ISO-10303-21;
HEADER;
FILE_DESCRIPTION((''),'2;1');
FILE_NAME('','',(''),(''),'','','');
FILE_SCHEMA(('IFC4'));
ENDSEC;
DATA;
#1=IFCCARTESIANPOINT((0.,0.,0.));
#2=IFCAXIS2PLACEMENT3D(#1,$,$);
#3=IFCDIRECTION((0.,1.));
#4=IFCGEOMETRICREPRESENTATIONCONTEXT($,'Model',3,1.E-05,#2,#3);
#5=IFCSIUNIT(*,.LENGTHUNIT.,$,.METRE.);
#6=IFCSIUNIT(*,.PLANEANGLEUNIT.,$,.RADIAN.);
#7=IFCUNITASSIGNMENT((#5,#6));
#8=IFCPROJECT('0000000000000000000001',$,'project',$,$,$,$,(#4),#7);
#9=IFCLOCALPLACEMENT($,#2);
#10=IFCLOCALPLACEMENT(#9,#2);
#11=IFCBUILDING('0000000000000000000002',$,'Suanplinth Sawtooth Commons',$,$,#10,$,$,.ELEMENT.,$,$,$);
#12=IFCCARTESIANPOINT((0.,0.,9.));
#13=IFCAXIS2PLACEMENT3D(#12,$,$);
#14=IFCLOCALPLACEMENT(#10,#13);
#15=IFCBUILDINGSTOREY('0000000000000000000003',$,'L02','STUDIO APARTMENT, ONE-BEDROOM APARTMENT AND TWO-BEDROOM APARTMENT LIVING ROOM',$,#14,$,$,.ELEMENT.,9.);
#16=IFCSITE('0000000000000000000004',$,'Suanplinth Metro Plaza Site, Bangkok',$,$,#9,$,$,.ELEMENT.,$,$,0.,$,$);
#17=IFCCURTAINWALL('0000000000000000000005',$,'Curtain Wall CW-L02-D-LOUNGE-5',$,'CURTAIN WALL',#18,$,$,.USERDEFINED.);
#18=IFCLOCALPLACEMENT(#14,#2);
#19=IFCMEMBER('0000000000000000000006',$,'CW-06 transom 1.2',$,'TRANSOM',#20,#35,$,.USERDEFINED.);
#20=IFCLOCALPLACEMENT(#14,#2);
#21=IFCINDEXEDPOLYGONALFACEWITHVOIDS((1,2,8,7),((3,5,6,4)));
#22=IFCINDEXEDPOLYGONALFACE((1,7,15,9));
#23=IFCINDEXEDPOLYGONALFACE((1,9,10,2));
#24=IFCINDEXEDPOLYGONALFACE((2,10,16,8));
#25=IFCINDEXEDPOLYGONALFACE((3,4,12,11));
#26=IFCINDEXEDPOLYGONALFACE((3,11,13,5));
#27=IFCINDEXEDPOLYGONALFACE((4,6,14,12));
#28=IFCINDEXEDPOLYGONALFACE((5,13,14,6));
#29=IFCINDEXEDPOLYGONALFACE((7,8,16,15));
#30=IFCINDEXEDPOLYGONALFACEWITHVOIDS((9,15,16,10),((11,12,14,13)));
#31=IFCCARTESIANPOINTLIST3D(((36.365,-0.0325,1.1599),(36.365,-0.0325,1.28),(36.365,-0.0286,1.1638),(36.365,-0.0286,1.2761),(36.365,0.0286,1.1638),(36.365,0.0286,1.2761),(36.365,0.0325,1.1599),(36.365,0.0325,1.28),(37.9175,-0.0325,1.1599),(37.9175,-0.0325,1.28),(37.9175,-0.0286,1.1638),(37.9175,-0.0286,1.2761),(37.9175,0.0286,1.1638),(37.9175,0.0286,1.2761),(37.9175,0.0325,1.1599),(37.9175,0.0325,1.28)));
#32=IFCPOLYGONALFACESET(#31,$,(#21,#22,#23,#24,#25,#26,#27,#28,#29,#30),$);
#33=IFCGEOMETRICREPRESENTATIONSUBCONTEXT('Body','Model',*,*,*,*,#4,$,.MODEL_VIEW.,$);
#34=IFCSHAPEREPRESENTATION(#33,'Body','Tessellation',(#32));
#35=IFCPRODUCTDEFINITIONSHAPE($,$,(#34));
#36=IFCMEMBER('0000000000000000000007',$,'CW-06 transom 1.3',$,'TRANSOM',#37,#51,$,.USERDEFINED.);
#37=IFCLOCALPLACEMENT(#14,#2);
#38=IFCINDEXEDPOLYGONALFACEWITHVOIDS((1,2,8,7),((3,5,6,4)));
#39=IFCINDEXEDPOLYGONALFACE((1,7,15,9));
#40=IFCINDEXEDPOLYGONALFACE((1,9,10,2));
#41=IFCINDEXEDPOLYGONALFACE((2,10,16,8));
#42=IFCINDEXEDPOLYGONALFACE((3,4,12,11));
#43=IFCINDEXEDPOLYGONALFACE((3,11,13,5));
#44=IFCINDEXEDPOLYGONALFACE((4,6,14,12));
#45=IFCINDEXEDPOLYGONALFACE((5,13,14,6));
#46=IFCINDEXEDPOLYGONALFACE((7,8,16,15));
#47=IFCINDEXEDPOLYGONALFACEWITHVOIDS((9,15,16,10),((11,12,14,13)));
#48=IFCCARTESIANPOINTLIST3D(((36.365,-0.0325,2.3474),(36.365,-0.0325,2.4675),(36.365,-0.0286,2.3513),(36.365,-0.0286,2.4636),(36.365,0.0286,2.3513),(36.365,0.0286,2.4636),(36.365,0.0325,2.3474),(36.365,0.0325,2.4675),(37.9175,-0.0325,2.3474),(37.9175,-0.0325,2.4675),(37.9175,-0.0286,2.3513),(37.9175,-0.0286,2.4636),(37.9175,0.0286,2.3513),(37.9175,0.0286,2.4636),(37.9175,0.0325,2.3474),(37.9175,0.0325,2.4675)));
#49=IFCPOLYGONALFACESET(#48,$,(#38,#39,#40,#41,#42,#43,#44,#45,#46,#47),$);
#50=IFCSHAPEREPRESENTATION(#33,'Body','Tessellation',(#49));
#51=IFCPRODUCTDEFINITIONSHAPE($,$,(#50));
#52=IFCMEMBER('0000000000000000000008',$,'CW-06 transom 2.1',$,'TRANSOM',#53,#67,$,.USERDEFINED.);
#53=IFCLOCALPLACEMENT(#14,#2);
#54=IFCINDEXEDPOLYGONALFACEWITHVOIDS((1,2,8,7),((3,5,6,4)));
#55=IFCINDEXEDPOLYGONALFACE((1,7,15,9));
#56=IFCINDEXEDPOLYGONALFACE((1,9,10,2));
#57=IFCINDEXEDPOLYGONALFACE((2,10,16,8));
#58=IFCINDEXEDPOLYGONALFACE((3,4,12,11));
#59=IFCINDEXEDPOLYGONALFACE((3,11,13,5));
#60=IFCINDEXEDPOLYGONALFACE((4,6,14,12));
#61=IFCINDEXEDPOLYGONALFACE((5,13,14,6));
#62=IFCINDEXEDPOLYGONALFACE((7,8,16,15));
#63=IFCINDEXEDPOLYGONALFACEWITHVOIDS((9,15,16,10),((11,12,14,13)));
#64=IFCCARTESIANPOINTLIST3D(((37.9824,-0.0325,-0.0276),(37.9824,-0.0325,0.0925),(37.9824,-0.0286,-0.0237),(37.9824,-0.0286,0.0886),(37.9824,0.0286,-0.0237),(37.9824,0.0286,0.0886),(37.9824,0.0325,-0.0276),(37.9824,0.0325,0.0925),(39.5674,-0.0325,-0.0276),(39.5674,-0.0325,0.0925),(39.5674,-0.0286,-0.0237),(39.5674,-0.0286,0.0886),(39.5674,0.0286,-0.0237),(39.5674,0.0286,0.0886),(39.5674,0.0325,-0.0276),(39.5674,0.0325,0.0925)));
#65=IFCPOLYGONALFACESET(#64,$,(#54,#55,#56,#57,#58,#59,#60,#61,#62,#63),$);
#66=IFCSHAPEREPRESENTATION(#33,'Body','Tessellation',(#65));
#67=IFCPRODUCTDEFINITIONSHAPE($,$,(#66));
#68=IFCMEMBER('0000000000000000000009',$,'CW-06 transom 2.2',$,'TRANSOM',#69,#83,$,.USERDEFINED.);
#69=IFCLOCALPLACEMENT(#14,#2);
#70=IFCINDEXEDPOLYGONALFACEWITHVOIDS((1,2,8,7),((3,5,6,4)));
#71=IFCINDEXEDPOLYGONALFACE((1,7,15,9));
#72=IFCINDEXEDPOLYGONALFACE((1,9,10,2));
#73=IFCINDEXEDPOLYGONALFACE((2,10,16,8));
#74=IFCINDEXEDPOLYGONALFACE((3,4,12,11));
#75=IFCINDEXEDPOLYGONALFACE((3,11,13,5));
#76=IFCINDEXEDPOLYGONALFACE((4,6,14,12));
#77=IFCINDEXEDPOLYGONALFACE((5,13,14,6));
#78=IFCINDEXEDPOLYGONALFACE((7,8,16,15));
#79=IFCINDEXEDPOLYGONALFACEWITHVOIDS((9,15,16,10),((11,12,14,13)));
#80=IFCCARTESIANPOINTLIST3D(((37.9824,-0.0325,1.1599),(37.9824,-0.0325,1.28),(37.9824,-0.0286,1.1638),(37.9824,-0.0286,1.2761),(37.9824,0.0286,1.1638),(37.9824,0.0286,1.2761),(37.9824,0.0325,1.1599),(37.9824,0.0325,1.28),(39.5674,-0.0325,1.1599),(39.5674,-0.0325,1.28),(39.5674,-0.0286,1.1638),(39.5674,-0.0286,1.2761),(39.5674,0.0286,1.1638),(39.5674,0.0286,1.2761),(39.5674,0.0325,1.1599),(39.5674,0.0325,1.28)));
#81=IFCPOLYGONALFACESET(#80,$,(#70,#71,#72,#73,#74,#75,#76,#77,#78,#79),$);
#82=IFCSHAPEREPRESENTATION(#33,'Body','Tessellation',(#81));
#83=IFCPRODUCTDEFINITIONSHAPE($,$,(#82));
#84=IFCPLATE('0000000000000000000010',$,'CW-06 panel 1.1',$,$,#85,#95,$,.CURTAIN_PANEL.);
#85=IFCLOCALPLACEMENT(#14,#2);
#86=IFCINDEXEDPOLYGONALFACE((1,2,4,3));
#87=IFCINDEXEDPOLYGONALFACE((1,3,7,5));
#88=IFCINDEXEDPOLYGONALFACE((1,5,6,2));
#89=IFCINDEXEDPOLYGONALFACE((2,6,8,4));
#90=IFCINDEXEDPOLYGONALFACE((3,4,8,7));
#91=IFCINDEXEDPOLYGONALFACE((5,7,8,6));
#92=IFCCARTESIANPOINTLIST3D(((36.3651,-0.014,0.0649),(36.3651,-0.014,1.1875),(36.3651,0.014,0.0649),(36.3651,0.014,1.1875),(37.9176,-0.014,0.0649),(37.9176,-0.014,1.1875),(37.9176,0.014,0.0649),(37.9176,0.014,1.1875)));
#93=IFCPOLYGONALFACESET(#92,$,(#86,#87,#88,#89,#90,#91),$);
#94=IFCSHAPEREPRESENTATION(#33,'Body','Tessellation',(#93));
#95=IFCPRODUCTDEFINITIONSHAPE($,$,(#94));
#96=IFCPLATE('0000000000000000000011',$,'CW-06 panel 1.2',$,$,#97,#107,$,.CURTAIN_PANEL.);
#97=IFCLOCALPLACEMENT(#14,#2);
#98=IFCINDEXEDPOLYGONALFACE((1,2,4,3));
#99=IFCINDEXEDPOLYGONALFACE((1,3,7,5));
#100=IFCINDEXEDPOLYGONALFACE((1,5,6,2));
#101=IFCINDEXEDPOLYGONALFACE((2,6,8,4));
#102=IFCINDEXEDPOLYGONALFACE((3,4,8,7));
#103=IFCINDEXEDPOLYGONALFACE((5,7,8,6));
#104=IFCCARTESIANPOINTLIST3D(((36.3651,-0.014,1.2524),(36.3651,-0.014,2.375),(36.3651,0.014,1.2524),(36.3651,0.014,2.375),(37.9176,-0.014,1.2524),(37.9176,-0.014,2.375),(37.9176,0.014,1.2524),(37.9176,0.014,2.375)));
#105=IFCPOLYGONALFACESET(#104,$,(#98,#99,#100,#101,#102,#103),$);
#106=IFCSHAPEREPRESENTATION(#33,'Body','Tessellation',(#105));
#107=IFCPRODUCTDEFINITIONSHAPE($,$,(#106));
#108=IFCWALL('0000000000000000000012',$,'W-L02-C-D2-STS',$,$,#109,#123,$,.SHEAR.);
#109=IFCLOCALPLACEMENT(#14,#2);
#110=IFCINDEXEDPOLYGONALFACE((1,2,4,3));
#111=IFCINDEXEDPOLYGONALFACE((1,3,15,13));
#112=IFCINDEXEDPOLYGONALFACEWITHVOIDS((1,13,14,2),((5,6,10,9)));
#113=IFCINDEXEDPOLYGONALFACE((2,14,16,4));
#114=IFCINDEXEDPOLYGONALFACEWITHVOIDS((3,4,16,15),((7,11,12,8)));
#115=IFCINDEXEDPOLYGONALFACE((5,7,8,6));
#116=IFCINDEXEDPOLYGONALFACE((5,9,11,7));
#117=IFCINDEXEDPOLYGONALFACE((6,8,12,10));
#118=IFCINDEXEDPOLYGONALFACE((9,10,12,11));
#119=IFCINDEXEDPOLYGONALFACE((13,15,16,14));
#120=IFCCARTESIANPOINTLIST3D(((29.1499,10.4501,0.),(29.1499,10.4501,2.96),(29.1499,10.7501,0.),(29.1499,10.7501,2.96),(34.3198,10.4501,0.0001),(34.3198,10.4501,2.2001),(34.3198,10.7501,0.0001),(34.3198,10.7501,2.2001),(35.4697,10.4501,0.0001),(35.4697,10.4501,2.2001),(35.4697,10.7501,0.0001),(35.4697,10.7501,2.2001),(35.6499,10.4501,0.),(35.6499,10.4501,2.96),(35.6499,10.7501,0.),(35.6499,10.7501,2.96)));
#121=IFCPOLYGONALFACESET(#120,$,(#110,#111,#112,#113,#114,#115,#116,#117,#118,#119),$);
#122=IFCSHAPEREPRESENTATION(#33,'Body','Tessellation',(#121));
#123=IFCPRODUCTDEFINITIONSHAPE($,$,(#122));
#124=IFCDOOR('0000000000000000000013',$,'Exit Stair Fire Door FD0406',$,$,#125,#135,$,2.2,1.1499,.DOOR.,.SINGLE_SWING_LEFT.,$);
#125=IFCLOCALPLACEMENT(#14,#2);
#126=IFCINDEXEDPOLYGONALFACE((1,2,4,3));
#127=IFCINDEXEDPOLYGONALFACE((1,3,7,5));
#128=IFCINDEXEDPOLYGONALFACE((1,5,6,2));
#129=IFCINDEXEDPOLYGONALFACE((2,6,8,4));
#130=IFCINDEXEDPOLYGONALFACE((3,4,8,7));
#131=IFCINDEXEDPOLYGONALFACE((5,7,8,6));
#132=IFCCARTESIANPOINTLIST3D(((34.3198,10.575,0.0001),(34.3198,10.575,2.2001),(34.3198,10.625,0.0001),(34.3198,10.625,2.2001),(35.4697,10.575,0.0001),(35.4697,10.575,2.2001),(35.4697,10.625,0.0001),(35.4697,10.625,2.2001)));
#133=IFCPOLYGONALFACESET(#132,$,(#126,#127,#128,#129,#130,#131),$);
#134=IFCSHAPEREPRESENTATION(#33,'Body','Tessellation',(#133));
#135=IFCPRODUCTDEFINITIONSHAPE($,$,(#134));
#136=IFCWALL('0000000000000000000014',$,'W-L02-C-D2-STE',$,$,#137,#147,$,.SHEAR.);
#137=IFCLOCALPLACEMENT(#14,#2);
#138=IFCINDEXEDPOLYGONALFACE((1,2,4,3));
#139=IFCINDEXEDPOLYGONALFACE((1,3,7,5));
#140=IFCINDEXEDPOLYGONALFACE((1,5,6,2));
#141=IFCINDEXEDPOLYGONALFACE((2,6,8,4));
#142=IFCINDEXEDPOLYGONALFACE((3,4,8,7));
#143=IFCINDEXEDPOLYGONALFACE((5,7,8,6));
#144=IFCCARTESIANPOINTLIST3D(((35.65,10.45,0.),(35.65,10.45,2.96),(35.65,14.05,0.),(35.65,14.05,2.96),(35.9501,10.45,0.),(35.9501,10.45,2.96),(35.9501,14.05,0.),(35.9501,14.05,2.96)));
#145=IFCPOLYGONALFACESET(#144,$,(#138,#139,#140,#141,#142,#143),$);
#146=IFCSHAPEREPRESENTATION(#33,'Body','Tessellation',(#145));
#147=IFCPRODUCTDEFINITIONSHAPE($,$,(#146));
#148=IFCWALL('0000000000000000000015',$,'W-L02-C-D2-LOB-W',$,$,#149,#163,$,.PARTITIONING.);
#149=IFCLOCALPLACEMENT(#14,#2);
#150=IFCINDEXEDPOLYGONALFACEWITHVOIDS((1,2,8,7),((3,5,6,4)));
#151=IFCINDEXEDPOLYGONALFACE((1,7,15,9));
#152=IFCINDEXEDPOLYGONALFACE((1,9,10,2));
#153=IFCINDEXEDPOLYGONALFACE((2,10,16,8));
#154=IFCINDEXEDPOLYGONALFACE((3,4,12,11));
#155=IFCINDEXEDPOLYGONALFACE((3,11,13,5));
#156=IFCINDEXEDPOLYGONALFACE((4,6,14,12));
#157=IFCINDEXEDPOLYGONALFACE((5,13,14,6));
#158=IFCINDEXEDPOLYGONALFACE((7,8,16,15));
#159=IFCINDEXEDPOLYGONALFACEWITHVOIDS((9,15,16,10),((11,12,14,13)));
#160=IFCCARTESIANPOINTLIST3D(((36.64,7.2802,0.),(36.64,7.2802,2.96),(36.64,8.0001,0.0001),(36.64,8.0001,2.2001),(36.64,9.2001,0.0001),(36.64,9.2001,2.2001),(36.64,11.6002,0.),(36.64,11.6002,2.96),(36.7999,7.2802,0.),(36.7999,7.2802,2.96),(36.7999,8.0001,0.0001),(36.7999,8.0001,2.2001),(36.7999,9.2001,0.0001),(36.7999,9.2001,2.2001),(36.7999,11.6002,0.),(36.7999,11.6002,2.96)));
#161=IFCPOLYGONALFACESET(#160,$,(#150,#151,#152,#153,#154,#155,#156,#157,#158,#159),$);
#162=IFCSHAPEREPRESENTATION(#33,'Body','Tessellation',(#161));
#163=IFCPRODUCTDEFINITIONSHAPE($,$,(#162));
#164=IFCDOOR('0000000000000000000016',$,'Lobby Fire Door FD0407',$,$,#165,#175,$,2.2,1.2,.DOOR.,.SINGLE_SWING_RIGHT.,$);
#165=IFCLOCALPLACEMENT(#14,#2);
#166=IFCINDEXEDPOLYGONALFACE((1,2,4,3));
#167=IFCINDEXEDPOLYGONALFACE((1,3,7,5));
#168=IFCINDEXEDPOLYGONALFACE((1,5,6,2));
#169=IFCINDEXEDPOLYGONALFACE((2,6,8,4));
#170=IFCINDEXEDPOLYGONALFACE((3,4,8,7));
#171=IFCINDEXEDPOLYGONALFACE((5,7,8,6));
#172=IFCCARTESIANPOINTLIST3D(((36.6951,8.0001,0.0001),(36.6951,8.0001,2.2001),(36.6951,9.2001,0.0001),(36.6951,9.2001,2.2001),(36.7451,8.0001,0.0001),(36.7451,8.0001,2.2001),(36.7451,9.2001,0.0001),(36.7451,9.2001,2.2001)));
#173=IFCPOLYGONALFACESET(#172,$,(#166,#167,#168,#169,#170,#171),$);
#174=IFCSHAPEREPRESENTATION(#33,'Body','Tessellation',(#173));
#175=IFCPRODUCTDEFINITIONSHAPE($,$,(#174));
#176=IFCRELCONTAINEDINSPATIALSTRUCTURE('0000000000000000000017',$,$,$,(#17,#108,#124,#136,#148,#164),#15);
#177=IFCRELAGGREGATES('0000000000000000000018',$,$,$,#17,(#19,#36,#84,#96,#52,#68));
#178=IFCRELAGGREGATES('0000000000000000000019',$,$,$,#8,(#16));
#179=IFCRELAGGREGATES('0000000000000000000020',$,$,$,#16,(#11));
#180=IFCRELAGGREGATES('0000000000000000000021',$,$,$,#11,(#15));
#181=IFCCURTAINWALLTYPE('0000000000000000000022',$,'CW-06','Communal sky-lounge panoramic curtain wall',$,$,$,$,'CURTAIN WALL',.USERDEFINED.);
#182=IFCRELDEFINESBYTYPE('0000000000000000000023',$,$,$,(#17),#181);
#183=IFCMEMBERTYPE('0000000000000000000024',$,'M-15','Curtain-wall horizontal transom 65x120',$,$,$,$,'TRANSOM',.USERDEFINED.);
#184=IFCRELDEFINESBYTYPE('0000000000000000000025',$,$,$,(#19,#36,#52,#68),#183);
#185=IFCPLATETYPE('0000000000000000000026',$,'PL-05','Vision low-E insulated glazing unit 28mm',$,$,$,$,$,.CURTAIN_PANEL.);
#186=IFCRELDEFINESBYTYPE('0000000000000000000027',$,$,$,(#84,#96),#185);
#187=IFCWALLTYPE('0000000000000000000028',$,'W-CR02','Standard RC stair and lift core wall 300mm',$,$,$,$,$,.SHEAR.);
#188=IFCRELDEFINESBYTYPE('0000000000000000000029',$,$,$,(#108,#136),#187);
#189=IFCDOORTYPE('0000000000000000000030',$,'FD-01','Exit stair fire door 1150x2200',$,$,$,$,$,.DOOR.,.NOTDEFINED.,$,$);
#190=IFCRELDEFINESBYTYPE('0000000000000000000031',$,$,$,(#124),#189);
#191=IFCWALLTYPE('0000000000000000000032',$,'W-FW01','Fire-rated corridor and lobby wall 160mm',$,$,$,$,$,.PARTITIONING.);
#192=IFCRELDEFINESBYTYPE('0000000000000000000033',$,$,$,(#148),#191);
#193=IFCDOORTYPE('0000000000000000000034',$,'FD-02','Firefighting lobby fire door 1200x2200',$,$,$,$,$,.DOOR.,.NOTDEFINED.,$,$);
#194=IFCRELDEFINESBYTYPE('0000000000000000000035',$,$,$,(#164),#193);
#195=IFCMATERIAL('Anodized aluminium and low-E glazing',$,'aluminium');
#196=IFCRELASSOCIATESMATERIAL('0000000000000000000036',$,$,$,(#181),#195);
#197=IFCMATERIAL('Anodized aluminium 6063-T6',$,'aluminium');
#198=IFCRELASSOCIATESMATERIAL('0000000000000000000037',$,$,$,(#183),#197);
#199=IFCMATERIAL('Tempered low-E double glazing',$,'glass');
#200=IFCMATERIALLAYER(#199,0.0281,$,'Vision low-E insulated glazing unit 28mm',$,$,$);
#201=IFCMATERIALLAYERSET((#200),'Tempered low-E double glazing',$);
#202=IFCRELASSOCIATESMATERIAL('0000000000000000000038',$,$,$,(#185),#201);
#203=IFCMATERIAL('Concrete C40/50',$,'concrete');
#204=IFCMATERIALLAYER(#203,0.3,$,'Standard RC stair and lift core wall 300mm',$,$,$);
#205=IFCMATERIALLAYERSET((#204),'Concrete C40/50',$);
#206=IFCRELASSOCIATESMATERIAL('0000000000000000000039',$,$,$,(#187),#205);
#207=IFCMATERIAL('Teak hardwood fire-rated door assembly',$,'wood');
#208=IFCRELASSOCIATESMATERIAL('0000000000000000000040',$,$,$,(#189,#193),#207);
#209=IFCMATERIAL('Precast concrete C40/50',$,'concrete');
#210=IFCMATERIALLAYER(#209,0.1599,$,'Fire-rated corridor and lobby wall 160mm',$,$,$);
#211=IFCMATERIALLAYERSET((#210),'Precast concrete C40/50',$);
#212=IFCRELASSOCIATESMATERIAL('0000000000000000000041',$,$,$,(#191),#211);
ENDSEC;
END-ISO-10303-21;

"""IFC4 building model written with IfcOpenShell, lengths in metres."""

from ifc_helpers import new_model, si_unit, direction, frame, frame_2d, origin, origin_2d, place, context, subcontext, project, spatial, rectangle, hollow_rectangle, extrude, material, layer, layer_set, material_profile, profile_set, type_object, element, fill, aggregate, save


model = new_model("IFC4")

# Units and contexts
model_context = context("Model", 3, precision=1e-05, world=origin(), true_north=direction((0.0, 1.0)))
body_context = subcontext(model_context, "Body", "Model", "MODEL_VIEW")
ifc_project = project(units=[si_unit("LENGTHUNIT", "METRE"), si_unit("PLANEANGLEUNIT", "RADIAN")], contexts=[model_context])

# Site, building, storey
site_placement = place(None, origin())
site = spatial("IfcSite", under=ifc_project, at=site_placement, Name="Suanplinth Metro Plaza Site, Bangkok", CompositionType="ELEMENT", RefElevation=0.0)
building_placement = place(site_placement, origin())
building = spatial("IfcBuilding", under=site, at=building_placement, Name="Suanplinth Sawtooth Commons", CompositionType="ELEMENT")
storey_placement = place(building_placement, frame((0.0, 0.0, 9.0)))
storey = spatial("IfcBuildingStorey", under=building, at=storey_placement, Name="L02", Description="STUDIO APARTMENT, ONE-BEDROOM APARTMENT AND TWO-BEDROOM APARTMENT LIVING ROOM", CompositionType="ELEMENT", Elevation=9.0)

# Shared definitions
ifc_material_1 = material(Name="Precast concrete C40/50", Category="concrete")

# Curtain wall, members, plates
ifc_material_2 = material(Name="Anodized aluminium and low-E glazing", Category="aluminium")
curtain_wall_type = type_object("IfcCurtainWallType", Name="CW-06", Description="Communal sky-lounge panoramic curtain wall", ElementType="CURTAIN WALL", PredefinedType="USERDEFINED", material=ifc_material_2)
curtain_wall_placement = place(storey_placement, origin())
curtain_wall = element("IfcCurtainWall", 1, at=curtain_wall_placement, inside=storey, type_object=curtain_wall_type, Name="Curtain Wall CW-L02-D-LOUNGE-5", ObjectType="CURTAIN WALL", PredefinedType="USERDEFINED")
ifc_material_3 = material(Name="Anodized aluminium 6063-T6", Category="aluminium")
ifc_material_profile_1 = material_profile(ifc_material_3, hollow_rectangle(XDim=0.0649, YDim=0.1201, WallThickness=0.0039, at=origin_2d()), Name="ALU-TRN 65x120")
ifc_profile_set_1 = profile_set([ifc_material_profile_1], Name="Anodized aluminium 6063-T6")
member_type_1 = type_object("IfcMemberType", Name="M-15", Description="Curtain-wall horizontal transom 65x120", ElementType="TRANSOM", PredefinedType="USERDEFINED", material=ifc_profile_set_1)
member_1_placement = place(storey_placement, frame((36.365, 0.0, 1.22), z_axis=(1.0, 0.0, 0.0), x_axis=(0.0, 1.0, 0.0)))
member_1 = element("IfcMember", 2, at=member_1_placement, type_object=member_type_1, Name="CW-06 transom 1.2", ObjectType="TRANSOM", PredefinedType="USERDEFINED", context=body_context, shape_type="SweptSolid", body=[
    extrude(hollow_rectangle(XDim=0.0649, YDim=0.1201, WallThickness=0.0039, at=origin_2d()), origin(), (0.0, 0.0, 1.0), 1.5525),
])
member_2_placement = place(storey_placement, frame((36.365, 0.0, 2.4075), z_axis=(1.0, 0.0, 0.0), x_axis=(0.0, 1.0, 0.0)))
member_2 = element("IfcMember", 3, at=member_2_placement, type_object=member_type_1, Name="CW-06 transom 1.3", ObjectType="TRANSOM", PredefinedType="USERDEFINED", context=body_context, shape_type="SweptSolid", body=[
    extrude(hollow_rectangle(XDim=0.0649, YDim=0.1201, WallThickness=0.0039, at=origin_2d()), origin(), (0.0, 0.0, 1.0), 1.5525),
])
member_3_placement = place(storey_placement, frame((37.9824, 0.0, 0.0325), z_axis=(1.0, 0.0, 0.0), x_axis=(0.0, 1.0, 0.0)))
member_3 = element("IfcMember", 4, at=member_3_placement, type_object=member_type_1, Name="CW-06 transom 2.1", ObjectType="TRANSOM", PredefinedType="USERDEFINED", context=body_context, shape_type="SweptSolid", body=[
    extrude(hollow_rectangle(XDim=0.0649, YDim=0.1201, WallThickness=0.0039, at=origin_2d()), origin(), (0.0, 0.0, 1.0), 1.585),
])
member_4_placement = place(storey_placement, frame((37.9824, 0.0, 1.22), z_axis=(1.0, 0.0, 0.0), x_axis=(0.0, 1.0, 0.0)))
member_4 = element("IfcMember", 5, at=member_4_placement, type_object=member_type_1, Name="CW-06 transom 2.2", ObjectType="TRANSOM", PredefinedType="USERDEFINED", context=body_context, shape_type="SweptSolid", body=[
    extrude(hollow_rectangle(XDim=0.0649, YDim=0.1201, WallThickness=0.0039, at=origin_2d()), origin(), (0.0, 0.0, 1.0), 1.585),
])
ifc_material_4 = material(Name="Tempered low-E double glazing", Category="glass")
ifc_layer_1 = layer(ifc_material_4, 0.0281, Name="Vision low-E insulated glazing unit 28mm")
ifc_layer_set_1 = layer_set([ifc_layer_1], Name="Tempered low-E double glazing")
plate_type = type_object("IfcPlateType", Name="PL-05", Description="Vision low-E insulated glazing unit 28mm", PredefinedType="CURTAIN_PANEL", material=ifc_layer_set_1)
plate_1_placement = place(storey_placement, frame((37.1414, 0.0, 0.0649), z_axis=(0.0, 0.0, 1.0), x_axis=(1.0, 0.0, 0.0)))
plate_1 = element("IfcPlate", 6, at=plate_1_placement, type_object=plate_type, Name="CW-06 panel 1.1", PredefinedType="CURTAIN_PANEL", context=body_context, shape_type="SweptSolid", body=[
    extrude(rectangle(XDim=1.5525, YDim=0.0281, at=origin_2d()), origin(), (0.0, 0.0, 1.0), 1.1226),
])
plate_2_placement = place(storey_placement, frame((37.1414, 0.0, 1.2524), z_axis=(0.0, 0.0, 1.0), x_axis=(1.0, 0.0, 0.0)))
plate_2 = element("IfcPlate", 7, at=plate_2_placement, type_object=plate_type, Name="CW-06 panel 1.2", PredefinedType="CURTAIN_PANEL", context=body_context, shape_type="SweptSolid", body=[
    extrude(rectangle(XDim=1.5525, YDim=0.0281, at=origin_2d()), origin(), (0.0, 0.0, 1.0), 1.1226),
])
aggregate(curtain_wall, [member_1, member_2, plate_1, plate_2, member_3, member_4])

# Wall, opening, door
ifc_material_5 = material(Name="Concrete C40/50", Category="concrete")
ifc_layer_2 = layer(ifc_material_5, 0.3, Name="Standard RC stair and lift core wall 300mm")
ifc_layer_set_2 = layer_set([ifc_layer_2], Name="Concrete C40/50")
wall_type_1 = type_object("IfcWallType", Name="W-CR02", Description="Standard RC stair and lift core wall 300mm", PredefinedType="SHEAR", material=ifc_layer_set_2)
wall_1_placement = place(storey_placement, frame((29.1499, 10.6001, 0.0), z_axis=(0.0, 0.0, 1.0), x_axis=(1.0, 0.0, 0.0)))
wall_1 = element("IfcWall", 8, at=wall_1_placement, inside=storey, type_object=wall_type_1, Name="W-L02-C-D2-STS", PredefinedType="SHEAR", context=body_context, shape_type="SweptSolid", body=[
    extrude(rectangle(XDim=6.5, YDim=0.3, at=frame_2d((3.25, 0.0))), origin(), (0.0, 0.0, 1.0), 2.96),
])
opening_1_placement = place(wall_1_placement, frame((5.1699, 0.0, 0.0)))
opening_1 = element("IfcOpeningElement", 9, at=opening_1_placement, cuts=wall_1, PredefinedType="OPENING", context=body_context, shape_type="SweptSolid", body=[
    extrude(rectangle(XDim=1.1499, YDim=2.2, at=frame_2d((0.575, 1.1001))), frame((0.0, 0.165, 0.0), z_axis=(0.0, -1.0, 0.0), x_axis=(1.0, 0.0, 0.0)), (0.0, 0.0, 1.0), 0.3298),
])
ifc_material_6 = material(Name="Teak hardwood fire-rated door assembly", Category="wood")
door_type_1 = type_object("IfcDoorType", Name="FD-01", Description="Exit stair fire door 1150x2200", OperationType="NOTDEFINED", PredefinedType="DOOR", material=ifc_material_6)
door_1_placement = place(opening_1_placement, origin())
door_1 = element("IfcDoor", 10, at=door_1_placement, inside=storey, type_object=door_type_1, Name="Exit Stair Fire Door FD0406", OperationType="SINGLE_SWING_LEFT", OverallHeight=2.2, OverallWidth=1.1499, PredefinedType="DOOR", context=body_context, shape_type="SweptSolid", body=[
    extrude(rectangle(XDim=1.1499, YDim=2.2, at=frame_2d((0.575, 1.1001))), frame((0.0, 0.0249, 0.0), z_axis=(0.0, -1.0, 0.0), x_axis=(1.0, 0.0, 0.0)), (0.0, 0.0, 1.0), 0.05),
])
fill(opening_1, door_1)

# Wall
wall_2_placement = place(storey_placement, frame((35.8, 10.45, 0.0), z_axis=(0.0, 0.0, 1.0), x_axis=(0.0, 1.0, 0.0)))
element("IfcWall", 11, at=wall_2_placement, inside=storey, type_object=wall_type_1, Name="W-L02-C-D2-STE", PredefinedType="SHEAR", context=body_context, shape_type="SweptSolid", body=[
    extrude(rectangle(XDim=3.6001, YDim=0.3, at=frame_2d((1.8, 0.0))), origin(), (0.0, 0.0, 1.0), 2.96),
])

# Wall, opening, door
ifc_layer_3 = layer(ifc_material_1, 0.1599, Name="Fire-rated corridor and lobby wall 160mm")
ifc_layer_set_3 = layer_set([ifc_layer_3], Name="Precast concrete C40/50")
wall_type_2 = type_object("IfcWallType", Name="W-FW01", Description="Fire-rated corridor and lobby wall 160mm", PredefinedType="PARTITIONING", material=ifc_layer_set_3)
wall_3_placement = place(storey_placement, frame((36.72, 7.28, 0.0), z_axis=(0.0, 0.0, 1.0), x_axis=(0.0, 1.0, 0.0)))
wall_3 = element("IfcWall", 12, at=wall_3_placement, inside=storey, type_object=wall_type_2, Name="W-L02-C-D2-LOB-W", PredefinedType="PARTITIONING", context=body_context, shape_type="SweptSolid", body=[
    extrude(rectangle(XDim=4.3201, YDim=0.1599, at=frame_2d((2.1602, 0.0))), origin(), (0.0, 0.0, 1.0), 2.96),
])
opening_2_placement = place(wall_3_placement, frame((0.72, 0.0, 0.0)))
opening_2 = element("IfcOpeningElement", 13, at=opening_2_placement, cuts=wall_3, PredefinedType="OPENING", context=body_context, shape_type="SweptSolid", body=[
    extrude(rectangle(XDim=1.2, YDim=2.2, at=frame_2d((0.6001, 1.1001))), frame((0.0, 0.0947, 0.0), z_axis=(0.0, -1.0, 0.0), x_axis=(1.0, 0.0, 0.0)), (0.0, 0.0, 1.0), 0.1897),
])
door_type_2 = type_object("IfcDoorType", Name="FD-02", Description="Firefighting lobby fire door 1200x2200", OperationType="NOTDEFINED", PredefinedType="DOOR", material=ifc_material_6)
door_2_placement = place(opening_2_placement, origin())
door_2 = element("IfcDoor", 14, at=door_2_placement, inside=storey, type_object=door_type_2, Name="Lobby Fire Door FD0407", OperationType="SINGLE_SWING_RIGHT", OverallHeight=2.2, OverallWidth=1.2, PredefinedType="DOOR", context=body_context, shape_type="SweptSolid", body=[
    extrude(rectangle(XDim=1.2, YDim=2.2, at=frame_2d((0.6001, 1.1001))), frame((0.0, 0.0249, 0.0), z_axis=(0.0, -1.0, 0.0), x_axis=(1.0, 0.0, 0.0)), (0.0, 0.0, 1.0), 0.05),
])
fill(opening_2, door_2)

save(model, "model.ifc")
